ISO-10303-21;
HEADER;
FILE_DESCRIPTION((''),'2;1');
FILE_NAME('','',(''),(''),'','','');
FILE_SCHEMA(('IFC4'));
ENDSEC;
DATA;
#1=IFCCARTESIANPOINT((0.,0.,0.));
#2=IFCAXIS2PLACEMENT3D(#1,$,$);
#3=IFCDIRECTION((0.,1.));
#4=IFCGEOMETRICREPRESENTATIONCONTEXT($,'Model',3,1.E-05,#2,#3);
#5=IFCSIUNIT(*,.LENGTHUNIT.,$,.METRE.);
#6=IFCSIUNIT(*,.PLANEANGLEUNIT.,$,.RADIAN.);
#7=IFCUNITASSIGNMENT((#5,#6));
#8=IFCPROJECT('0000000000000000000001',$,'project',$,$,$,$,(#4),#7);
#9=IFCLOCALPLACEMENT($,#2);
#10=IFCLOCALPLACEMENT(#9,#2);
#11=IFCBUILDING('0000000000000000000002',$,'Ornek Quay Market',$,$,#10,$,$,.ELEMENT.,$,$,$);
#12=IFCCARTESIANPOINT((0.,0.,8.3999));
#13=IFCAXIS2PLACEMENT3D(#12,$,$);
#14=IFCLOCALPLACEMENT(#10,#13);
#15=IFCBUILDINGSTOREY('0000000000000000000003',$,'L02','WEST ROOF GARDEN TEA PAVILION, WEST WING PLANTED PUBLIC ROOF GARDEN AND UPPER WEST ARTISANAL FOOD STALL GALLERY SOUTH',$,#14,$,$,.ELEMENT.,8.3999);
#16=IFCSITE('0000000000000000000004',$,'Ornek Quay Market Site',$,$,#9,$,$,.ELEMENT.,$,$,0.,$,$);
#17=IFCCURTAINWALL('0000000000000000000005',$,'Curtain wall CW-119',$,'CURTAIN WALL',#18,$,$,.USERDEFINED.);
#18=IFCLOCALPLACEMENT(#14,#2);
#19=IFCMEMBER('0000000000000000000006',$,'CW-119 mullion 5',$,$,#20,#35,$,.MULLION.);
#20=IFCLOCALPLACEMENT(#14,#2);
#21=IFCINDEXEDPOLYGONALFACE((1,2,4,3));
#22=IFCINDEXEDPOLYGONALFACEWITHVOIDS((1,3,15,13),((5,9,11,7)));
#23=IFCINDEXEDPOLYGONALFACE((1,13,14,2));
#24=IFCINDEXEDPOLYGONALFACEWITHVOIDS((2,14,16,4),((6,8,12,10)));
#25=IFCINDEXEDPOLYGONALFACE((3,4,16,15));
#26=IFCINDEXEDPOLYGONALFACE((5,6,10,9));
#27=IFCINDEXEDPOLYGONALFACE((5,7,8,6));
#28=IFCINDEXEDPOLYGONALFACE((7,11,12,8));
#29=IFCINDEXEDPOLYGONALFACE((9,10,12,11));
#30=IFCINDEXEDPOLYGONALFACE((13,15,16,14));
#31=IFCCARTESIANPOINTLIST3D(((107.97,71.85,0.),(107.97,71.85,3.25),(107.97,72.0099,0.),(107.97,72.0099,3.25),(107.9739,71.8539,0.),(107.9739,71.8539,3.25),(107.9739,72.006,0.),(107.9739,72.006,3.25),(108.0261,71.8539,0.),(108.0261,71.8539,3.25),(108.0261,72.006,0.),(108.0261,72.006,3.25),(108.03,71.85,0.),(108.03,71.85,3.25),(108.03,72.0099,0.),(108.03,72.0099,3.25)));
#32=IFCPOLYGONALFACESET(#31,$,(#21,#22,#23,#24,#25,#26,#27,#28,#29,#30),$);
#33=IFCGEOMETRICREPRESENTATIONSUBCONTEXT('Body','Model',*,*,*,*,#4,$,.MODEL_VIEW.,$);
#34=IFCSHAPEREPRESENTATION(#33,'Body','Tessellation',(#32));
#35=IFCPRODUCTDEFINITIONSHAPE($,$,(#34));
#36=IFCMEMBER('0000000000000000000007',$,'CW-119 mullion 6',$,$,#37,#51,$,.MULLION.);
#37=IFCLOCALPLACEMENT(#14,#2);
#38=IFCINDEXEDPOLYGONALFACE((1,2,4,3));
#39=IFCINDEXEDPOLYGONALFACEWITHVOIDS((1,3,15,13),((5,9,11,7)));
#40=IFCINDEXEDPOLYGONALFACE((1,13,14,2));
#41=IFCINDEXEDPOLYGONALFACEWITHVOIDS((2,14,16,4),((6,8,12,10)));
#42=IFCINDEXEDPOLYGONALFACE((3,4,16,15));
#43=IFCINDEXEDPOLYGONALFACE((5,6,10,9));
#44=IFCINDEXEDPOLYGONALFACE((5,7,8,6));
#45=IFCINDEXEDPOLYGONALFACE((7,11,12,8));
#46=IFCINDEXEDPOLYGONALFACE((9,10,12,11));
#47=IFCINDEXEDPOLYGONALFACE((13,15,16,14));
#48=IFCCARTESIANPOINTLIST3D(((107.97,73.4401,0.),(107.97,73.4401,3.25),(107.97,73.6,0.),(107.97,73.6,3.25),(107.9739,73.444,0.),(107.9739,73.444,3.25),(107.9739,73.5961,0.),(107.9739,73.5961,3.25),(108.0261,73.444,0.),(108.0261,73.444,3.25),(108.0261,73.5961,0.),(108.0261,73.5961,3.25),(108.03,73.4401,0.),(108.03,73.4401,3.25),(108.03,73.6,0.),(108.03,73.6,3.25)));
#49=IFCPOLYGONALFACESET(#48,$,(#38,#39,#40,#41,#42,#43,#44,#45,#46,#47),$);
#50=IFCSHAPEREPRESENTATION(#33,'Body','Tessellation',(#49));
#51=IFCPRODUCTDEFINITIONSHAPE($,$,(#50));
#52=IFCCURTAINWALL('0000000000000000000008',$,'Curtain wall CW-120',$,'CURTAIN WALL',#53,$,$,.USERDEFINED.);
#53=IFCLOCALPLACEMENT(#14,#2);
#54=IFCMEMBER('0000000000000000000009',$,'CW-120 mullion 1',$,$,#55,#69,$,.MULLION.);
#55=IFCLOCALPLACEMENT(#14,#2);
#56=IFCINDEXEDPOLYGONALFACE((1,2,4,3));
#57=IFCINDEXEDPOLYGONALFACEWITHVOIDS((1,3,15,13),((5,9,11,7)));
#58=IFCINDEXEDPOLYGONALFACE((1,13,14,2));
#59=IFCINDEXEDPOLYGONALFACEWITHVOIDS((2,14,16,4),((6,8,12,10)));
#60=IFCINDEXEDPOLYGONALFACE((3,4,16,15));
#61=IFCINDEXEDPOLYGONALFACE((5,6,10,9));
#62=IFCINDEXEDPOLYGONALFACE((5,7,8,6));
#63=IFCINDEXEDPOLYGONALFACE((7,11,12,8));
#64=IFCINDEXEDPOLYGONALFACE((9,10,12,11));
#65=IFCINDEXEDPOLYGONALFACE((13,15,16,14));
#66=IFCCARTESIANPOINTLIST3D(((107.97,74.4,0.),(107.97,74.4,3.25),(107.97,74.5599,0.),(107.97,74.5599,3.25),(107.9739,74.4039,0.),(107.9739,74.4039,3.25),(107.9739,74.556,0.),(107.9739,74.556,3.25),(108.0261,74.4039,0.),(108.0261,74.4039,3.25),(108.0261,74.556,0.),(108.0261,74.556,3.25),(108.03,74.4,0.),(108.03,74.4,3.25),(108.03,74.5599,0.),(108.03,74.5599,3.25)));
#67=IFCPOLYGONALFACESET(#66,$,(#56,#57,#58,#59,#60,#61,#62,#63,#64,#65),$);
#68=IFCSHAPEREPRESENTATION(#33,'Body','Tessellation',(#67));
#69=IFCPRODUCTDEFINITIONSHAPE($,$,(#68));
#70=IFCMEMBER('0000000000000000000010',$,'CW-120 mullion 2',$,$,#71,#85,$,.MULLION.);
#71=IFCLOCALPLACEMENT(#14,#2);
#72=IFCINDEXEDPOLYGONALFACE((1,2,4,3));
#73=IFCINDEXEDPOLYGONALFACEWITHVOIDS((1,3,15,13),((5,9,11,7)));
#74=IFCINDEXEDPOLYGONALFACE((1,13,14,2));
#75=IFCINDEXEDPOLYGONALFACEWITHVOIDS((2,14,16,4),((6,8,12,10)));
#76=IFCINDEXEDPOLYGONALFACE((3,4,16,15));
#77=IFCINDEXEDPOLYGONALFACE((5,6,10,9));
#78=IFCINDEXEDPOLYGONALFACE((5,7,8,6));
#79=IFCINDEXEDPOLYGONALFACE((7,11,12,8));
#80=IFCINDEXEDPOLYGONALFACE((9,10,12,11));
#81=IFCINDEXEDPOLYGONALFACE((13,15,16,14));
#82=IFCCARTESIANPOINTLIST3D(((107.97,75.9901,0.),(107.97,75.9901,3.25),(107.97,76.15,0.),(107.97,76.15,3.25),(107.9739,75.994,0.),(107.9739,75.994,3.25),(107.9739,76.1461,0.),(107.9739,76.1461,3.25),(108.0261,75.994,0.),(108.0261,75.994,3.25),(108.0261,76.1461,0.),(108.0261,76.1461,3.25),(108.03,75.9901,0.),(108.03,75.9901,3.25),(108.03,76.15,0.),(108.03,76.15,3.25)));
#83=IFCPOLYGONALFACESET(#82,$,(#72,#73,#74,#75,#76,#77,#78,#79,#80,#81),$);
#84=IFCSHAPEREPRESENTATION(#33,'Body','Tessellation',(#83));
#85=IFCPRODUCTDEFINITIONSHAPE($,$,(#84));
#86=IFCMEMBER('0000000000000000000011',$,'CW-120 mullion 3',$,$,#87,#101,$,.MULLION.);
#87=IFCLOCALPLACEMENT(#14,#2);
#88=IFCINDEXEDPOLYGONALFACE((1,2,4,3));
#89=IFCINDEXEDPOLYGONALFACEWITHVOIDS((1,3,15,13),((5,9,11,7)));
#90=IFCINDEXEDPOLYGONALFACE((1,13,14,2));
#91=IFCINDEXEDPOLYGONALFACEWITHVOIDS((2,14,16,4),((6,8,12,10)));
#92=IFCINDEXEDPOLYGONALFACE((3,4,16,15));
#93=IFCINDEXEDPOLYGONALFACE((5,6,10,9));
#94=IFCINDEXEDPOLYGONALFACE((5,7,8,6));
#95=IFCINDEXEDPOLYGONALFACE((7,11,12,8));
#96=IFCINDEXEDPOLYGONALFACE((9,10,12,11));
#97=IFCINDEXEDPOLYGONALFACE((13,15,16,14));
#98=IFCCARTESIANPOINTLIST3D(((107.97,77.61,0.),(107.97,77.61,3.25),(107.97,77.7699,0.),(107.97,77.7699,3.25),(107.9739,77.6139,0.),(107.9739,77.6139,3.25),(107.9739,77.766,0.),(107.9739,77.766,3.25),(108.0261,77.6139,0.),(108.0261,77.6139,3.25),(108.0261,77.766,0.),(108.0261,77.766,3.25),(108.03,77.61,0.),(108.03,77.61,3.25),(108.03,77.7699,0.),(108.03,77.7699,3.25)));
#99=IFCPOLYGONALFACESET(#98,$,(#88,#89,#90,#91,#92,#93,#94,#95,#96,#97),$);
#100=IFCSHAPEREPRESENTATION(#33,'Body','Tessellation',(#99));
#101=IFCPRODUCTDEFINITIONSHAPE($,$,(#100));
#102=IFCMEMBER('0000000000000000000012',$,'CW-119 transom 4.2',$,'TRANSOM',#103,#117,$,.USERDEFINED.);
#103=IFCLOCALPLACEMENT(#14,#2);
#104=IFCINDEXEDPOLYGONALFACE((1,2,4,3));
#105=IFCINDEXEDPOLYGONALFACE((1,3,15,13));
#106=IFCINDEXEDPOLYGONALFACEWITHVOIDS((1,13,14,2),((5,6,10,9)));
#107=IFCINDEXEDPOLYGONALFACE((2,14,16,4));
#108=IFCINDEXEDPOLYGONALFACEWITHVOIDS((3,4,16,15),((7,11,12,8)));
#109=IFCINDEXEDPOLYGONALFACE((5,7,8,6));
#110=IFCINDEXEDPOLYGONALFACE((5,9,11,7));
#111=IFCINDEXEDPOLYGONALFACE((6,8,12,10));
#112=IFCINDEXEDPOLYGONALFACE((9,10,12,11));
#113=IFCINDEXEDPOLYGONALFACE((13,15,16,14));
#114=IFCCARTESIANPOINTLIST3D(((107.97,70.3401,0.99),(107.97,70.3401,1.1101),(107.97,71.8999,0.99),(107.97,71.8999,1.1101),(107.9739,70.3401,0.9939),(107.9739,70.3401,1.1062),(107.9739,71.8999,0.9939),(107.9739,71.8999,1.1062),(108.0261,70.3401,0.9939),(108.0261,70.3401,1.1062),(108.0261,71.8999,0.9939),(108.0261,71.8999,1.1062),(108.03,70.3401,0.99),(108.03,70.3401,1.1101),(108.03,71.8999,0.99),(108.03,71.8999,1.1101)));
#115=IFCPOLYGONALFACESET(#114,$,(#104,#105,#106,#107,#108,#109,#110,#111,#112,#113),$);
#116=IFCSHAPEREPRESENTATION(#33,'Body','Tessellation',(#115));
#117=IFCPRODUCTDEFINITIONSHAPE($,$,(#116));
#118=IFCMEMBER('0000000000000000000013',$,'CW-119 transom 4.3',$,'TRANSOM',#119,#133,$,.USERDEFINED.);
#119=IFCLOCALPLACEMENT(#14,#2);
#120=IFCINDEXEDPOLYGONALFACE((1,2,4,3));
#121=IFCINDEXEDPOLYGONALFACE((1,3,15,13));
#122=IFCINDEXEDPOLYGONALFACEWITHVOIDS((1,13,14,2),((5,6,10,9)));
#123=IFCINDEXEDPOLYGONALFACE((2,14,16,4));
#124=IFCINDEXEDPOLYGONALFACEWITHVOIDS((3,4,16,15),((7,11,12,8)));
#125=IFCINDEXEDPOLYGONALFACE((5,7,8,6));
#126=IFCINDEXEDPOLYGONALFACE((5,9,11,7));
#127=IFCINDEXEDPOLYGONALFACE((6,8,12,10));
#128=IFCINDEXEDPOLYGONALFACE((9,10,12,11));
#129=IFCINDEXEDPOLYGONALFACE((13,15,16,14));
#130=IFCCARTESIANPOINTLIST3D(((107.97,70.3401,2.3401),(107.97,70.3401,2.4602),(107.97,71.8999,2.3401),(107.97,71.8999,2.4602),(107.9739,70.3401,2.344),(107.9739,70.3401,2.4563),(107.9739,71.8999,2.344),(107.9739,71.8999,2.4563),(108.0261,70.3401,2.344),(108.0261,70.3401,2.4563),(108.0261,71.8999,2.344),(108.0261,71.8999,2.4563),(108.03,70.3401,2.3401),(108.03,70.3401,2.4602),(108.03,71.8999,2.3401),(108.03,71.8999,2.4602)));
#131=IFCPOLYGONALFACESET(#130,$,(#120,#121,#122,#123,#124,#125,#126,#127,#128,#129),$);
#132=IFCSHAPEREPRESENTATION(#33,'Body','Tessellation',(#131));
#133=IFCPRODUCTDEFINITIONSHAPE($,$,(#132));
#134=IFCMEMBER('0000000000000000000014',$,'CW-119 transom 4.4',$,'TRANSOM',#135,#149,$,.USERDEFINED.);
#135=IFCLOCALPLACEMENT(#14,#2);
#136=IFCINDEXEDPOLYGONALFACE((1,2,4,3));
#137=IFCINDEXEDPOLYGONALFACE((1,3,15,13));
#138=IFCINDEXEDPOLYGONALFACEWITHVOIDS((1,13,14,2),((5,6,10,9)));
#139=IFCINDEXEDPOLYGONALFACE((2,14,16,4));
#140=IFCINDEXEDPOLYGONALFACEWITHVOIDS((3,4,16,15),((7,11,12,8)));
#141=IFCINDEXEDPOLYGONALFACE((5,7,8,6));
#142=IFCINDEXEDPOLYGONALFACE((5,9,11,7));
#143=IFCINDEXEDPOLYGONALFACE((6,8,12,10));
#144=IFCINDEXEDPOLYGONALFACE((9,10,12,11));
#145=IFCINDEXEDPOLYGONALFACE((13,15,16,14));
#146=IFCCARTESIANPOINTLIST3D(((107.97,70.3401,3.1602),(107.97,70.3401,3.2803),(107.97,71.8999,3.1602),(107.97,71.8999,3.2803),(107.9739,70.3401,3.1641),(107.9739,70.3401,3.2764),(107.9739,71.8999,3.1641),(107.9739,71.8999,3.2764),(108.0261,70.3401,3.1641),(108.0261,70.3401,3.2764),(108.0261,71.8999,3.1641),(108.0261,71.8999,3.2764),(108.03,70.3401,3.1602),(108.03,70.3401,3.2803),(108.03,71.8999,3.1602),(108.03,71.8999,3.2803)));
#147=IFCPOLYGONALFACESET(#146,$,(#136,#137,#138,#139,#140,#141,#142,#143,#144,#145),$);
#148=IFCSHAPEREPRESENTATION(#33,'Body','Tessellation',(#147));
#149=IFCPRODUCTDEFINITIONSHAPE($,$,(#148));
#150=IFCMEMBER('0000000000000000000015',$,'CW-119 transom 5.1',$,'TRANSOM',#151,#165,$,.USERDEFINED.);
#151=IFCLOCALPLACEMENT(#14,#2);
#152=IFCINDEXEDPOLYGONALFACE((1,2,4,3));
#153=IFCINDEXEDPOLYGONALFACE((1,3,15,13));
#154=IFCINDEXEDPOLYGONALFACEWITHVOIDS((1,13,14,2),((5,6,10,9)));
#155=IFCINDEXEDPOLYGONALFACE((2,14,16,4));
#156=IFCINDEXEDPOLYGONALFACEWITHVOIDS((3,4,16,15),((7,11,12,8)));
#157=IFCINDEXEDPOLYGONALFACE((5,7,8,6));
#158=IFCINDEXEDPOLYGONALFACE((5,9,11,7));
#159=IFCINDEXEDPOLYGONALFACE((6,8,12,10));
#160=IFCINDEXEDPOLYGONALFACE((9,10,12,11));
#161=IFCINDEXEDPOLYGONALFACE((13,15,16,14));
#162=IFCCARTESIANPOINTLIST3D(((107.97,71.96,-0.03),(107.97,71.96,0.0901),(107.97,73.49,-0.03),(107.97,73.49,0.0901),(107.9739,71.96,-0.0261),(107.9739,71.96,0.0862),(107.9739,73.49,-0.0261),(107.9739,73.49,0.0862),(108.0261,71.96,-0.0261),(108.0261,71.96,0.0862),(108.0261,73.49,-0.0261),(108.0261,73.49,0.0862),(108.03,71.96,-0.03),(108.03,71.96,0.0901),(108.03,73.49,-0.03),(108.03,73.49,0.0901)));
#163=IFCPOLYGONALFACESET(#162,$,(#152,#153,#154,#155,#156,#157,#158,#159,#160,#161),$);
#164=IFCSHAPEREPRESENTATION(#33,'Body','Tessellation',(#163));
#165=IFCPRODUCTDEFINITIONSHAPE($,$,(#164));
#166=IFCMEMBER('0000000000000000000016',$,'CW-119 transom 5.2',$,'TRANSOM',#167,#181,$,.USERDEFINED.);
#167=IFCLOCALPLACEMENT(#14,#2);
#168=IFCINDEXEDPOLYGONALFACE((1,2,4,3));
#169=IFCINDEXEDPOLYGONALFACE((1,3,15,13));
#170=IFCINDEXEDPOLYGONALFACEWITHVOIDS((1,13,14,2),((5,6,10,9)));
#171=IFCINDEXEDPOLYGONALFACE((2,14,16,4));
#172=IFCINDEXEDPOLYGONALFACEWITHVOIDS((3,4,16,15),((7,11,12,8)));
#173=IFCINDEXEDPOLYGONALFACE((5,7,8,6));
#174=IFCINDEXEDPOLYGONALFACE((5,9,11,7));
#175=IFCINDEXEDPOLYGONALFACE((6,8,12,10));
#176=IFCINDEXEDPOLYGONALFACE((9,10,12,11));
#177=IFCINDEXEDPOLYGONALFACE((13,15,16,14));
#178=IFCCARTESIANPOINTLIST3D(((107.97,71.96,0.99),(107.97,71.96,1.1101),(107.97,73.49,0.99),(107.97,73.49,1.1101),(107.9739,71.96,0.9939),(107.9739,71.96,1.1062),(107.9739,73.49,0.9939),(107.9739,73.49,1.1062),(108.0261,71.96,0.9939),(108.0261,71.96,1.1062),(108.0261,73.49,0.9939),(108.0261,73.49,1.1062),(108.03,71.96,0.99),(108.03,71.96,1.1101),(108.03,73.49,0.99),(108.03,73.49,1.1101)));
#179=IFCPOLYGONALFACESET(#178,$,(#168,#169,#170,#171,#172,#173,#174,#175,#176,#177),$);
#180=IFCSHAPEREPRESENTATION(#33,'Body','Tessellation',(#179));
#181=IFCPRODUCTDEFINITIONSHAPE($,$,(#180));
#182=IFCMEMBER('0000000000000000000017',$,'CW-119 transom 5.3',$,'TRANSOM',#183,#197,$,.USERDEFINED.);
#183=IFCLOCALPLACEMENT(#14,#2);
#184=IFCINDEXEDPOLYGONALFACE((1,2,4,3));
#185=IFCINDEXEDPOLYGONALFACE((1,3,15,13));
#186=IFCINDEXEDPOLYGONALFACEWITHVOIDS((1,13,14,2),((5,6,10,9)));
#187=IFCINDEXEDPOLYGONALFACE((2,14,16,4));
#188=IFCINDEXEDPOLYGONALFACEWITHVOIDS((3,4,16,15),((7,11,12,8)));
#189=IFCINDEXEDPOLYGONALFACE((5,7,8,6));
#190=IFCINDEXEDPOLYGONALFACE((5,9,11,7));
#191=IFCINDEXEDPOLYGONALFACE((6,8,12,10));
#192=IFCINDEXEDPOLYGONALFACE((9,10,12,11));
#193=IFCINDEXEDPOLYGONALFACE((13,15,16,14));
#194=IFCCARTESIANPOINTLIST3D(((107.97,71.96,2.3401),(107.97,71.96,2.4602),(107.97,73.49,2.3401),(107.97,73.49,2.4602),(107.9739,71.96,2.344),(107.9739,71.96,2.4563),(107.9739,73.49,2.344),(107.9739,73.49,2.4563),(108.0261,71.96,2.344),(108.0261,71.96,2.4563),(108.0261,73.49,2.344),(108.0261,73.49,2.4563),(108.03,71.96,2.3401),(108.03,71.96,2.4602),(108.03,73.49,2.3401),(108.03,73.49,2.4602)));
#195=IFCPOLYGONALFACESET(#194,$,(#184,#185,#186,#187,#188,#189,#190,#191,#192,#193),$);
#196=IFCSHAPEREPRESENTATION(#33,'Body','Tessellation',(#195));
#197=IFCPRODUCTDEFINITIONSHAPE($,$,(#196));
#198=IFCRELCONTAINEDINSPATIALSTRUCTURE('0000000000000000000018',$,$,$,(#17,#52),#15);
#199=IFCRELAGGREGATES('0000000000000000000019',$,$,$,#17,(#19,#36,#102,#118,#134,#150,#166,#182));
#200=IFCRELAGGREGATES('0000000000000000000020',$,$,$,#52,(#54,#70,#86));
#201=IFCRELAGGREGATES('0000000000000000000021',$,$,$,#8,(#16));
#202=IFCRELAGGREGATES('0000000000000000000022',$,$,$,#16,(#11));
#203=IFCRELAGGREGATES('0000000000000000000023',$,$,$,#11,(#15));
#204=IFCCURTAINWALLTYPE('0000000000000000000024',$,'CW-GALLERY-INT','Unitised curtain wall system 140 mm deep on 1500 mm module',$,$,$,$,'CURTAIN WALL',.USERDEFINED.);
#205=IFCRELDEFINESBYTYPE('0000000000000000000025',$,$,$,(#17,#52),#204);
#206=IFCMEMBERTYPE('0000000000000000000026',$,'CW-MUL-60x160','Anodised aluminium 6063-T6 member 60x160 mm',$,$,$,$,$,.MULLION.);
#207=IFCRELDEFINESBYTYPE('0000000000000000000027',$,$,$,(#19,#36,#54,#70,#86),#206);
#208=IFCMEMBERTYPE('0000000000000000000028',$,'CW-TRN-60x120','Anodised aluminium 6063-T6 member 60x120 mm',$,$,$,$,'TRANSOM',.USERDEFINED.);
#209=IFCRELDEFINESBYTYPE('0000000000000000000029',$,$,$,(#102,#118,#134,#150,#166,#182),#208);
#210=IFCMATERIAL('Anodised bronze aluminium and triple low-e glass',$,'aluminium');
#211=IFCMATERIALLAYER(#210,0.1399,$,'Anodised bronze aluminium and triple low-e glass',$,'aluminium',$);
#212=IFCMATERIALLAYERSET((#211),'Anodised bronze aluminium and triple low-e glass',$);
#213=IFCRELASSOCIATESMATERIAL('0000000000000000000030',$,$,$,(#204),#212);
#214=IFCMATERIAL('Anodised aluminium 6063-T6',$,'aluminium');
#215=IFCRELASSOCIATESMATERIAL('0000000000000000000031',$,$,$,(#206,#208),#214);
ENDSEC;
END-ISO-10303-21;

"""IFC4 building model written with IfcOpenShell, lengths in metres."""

from ifc_helpers import new_model, si_unit, direction, frame, origin, origin_2d, place, context, subcontext, project, spatial, hollow_rectangle, extrude, material, layer, layer_set, material_profile, profile_set, type_object, element, aggregate, save


model = new_model("IFC4")

# Units and contexts
model_context = context("Model", 3, precision=1e-05, world=origin(), true_north=direction((0.0, 1.0)))
body_context = subcontext(model_context, "Body", "Model", "MODEL_VIEW")
ifc_project = project(units=[si_unit("LENGTHUNIT", "METRE"), si_unit("PLANEANGLEUNIT", "RADIAN")], contexts=[model_context])

# Site, building, storey
site_placement = place(None, origin())
site = spatial("IfcSite", under=ifc_project, at=site_placement, Name="Ornek Quay Market Site", CompositionType="ELEMENT", RefElevation=0.0)
building_placement = place(site_placement, origin())
building = spatial("IfcBuilding", under=site, at=building_placement, Name="Ornek Quay Market", CompositionType="ELEMENT")
storey_placement = place(building_placement, frame((0.0, 0.0, 8.3999)))
storey = spatial("IfcBuildingStorey", under=building, at=storey_placement, Name="L02", Description="WEST ROOF GARDEN TEA PAVILION, WEST WING PLANTED PUBLIC ROOF GARDEN AND UPPER WEST ARTISANAL FOOD STALL GALLERY SOUTH", CompositionType="ELEMENT", Elevation=8.3999)

# Curtain walls, members
ifc_material_1 = material(Name="Anodised bronze aluminium and triple low-e glass", Category="aluminium")
ifc_layer_1 = layer(ifc_material_1, 0.1399, Name="Anodised bronze aluminium and triple low-e glass", Category="aluminium")
ifc_layer_set_1 = layer_set([ifc_layer_1], Name="Anodised bronze aluminium and triple low-e glass")
curtain_wall_type = type_object("IfcCurtainWallType", Name="CW-GALLERY-INT", Description="Unitised curtain wall system 140 mm deep on 1500 mm module", ElementType="CURTAIN WALL", PredefinedType="USERDEFINED", material=ifc_layer_set_1)
curtain_wall_1_placement = place(storey_placement, origin())
curtain_wall_1 = element("IfcCurtainWall", 1, at=curtain_wall_1_placement, inside=storey, type_object=curtain_wall_type, Name="Curtain wall CW-119", ObjectType="CURTAIN WALL", PredefinedType="USERDEFINED")
ifc_material_2 = material(Name="Anodised aluminium 6063-T6", Category="aluminium")
ifc_material_profile_1 = material_profile(ifc_material_2, hollow_rectangle(XDim=0.0601, YDim=0.1599, WallThickness=0.0039, at=origin_2d()), Name="CW-MUL-60x160", Category="aluminium")
ifc_profile_set_1 = profile_set([ifc_material_profile_1], Name="Anodised aluminium 6063-T6")
member_type_1 = type_object("IfcMemberType", Name="CW-MUL-60x160", Description="Anodised aluminium 6063-T6 member 60x160 mm", PredefinedType="MULLION", material=ifc_profile_set_1)
member_1_placement = place(storey_placement, frame((108.0, 71.9299, 0.0), z_axis=(0.0, 0.0, 1.0), x_axis=(-1.0, 0.0, 0.0)))
member_1 = element("IfcMember", 2, at=member_1_placement, type_object=member_type_1, Name="CW-119 mullion 5", PredefinedType="MULLION", context=body_context, shape_type="SweptSolid", body=[
    extrude(hollow_rectangle(XDim=0.0601, YDim=0.1599, WallThickness=0.0039, at=origin_2d()), origin(), (0.0, 0.0, 1.0), 3.25),
])
member_2_placement = place(storey_placement, frame((108.0, 73.52, 0.0), z_axis=(0.0, 0.0, 1.0), x_axis=(-1.0, 0.0, 0.0)))
member_2 = element("IfcMember", 3, at=member_2_placement, type_object=member_type_1, Name="CW-119 mullion 6", PredefinedType="MULLION", context=body_context, shape_type="SweptSolid", body=[
    extrude(hollow_rectangle(XDim=0.0601, YDim=0.1599, WallThickness=0.0039, at=origin_2d()), origin(), (0.0, 0.0, 1.0), 3.25),
])
curtain_wall_2_placement = place(storey_placement, origin())
curtain_wall_2 = element("IfcCurtainWall", 4, at=curtain_wall_2_placement, inside=storey, type_object=curtain_wall_type, Name="Curtain wall CW-120", ObjectType="CURTAIN WALL", PredefinedType="USERDEFINED")
member_3_placement = place(storey_placement, frame((108.0, 74.48, 0.0), z_axis=(0.0, 0.0, 1.0), x_axis=(-1.0, 0.0, 0.0)))
member_3 = element("IfcMember", 5, at=member_3_placement, type_object=member_type_1, Name="CW-120 mullion 1", PredefinedType="MULLION", context=body_context, shape_type="SweptSolid", body=[
    extrude(hollow_rectangle(XDim=0.0601, YDim=0.1599, WallThickness=0.0039, at=origin_2d()), origin(), (0.0, 0.0, 1.0), 3.25),
])
member_4_placement = place(storey_placement, frame((108.0, 76.0701, 0.0), z_axis=(0.0, 0.0, 1.0), x_axis=(-1.0, 0.0, 0.0)))
member_4 = element("IfcMember", 6, at=member_4_placement, type_object=member_type_1, Name="CW-120 mullion 2", PredefinedType="MULLION", context=body_context, shape_type="SweptSolid", body=[
    extrude(hollow_rectangle(XDim=0.0601, YDim=0.1599, WallThickness=0.0039, at=origin_2d()), origin(), (0.0, 0.0, 1.0), 3.25),
])
member_5_placement = place(storey_placement, frame((108.0, 77.6899, 0.0), z_axis=(0.0, 0.0, 1.0), x_axis=(-1.0, 0.0, 0.0)))
member_5 = element("IfcMember", 7, at=member_5_placement, type_object=member_type_1, Name="CW-120 mullion 3", PredefinedType="MULLION", context=body_context, shape_type="SweptSolid", body=[
    extrude(hollow_rectangle(XDim=0.0601, YDim=0.1599, WallThickness=0.0039, at=origin_2d()), origin(), (0.0, 0.0, 1.0), 3.25),
])

# Members
ifc_material_profile_2 = material_profile(ifc_material_2, hollow_rectangle(XDim=0.0601, YDim=0.1201, WallThickness=0.0039, at=origin_2d()), Name="CW-TRN-60x120", Category="aluminium")
ifc_profile_set_2 = profile_set([ifc_material_profile_2], Name="Anodised aluminium 6063-T6")
member_type_2 = type_object("IfcMemberType", Name="CW-TRN-60x120", Description="Anodised aluminium 6063-T6 member 60x120 mm", ElementType="TRANSOM", PredefinedType="USERDEFINED", material=ifc_profile_set_2)
member_6_placement = place(storey_placement, frame((108.0, 70.3401, 1.05), z_axis=(0.0, 1.0, 0.0), x_axis=(-1.0, 0.0, 0.0)))
member_6 = element("IfcMember", 8, at=member_6_placement, type_object=member_type_2, Name="CW-119 transom 4.2", ObjectType="TRANSOM", PredefinedType="USERDEFINED", context=body_context, shape_type="SweptSolid", body=[
    extrude(hollow_rectangle(XDim=0.0601, YDim=0.1201, WallThickness=0.0039, at=origin_2d()), origin(), (0.0, 0.0, 1.0), 1.5598),
])
member_7_placement = place(storey_placement, frame((108.0, 70.3401, 2.4001), z_axis=(0.0, 1.0, 0.0), x_axis=(-1.0, 0.0, 0.0)))
member_7 = element("IfcMember", 9, at=member_7_placement, type_object=member_type_2, Name="CW-119 transom 4.3", ObjectType="TRANSOM", PredefinedType="USERDEFINED", context=body_context, shape_type="SweptSolid", body=[
    extrude(hollow_rectangle(XDim=0.0601, YDim=0.1201, WallThickness=0.0039, at=origin_2d()), origin(), (0.0, 0.0, 1.0), 1.5598),
])
member_8_placement = place(storey_placement, frame((108.0, 70.3401, 3.2202), z_axis=(0.0, 1.0, 0.0), x_axis=(-1.0, 0.0, 0.0)))
member_8 = element("IfcMember", 10, at=member_8_placement, type_object=member_type_2, Name="CW-119 transom 4.4", ObjectType="TRANSOM", PredefinedType="USERDEFINED", context=body_context, shape_type="SweptSolid", body=[
    extrude(hollow_rectangle(XDim=0.0601, YDim=0.1201, WallThickness=0.0039, at=origin_2d()), origin(), (0.0, 0.0, 1.0), 1.5598),
])
member_9_placement = place(storey_placement, frame((108.0, 71.96, 0.03), z_axis=(0.0, 1.0, 0.0), x_axis=(-1.0, 0.0, 0.0)))
member_9 = element("IfcMember", 11, at=member_9_placement, type_object=member_type_2, Name="CW-119 transom 5.1", ObjectType="TRANSOM", PredefinedType="USERDEFINED", context=body_context, shape_type="SweptSolid", body=[
    extrude(hollow_rectangle(XDim=0.0601, YDim=0.1201, WallThickness=0.0039, at=origin_2d()), origin(), (0.0, 0.0, 1.0), 1.53),
])
member_10_placement = place(storey_placement, frame((108.0, 71.96, 1.05), z_axis=(0.0, 1.0, 0.0), x_axis=(-1.0, 0.0, 0.0)))
member_10 = element("IfcMember", 12, at=member_10_placement, type_object=member_type_2, Name="CW-119 transom 5.2", ObjectType="TRANSOM", PredefinedType="USERDEFINED", context=body_context, shape_type="SweptSolid", body=[
    extrude(hollow_rectangle(XDim=0.0601, YDim=0.1201, WallThickness=0.0039, at=origin_2d()), origin(), (0.0, 0.0, 1.0), 1.53),
])
member_11_placement = place(storey_placement, frame((108.0, 71.96, 2.4001), z_axis=(0.0, 1.0, 0.0), x_axis=(-1.0, 0.0, 0.0)))
member_11 = element("IfcMember", 13, at=member_11_placement, type_object=member_type_2, Name="CW-119 transom 5.3", ObjectType="TRANSOM", PredefinedType="USERDEFINED", context=body_context, shape_type="SweptSolid", body=[
    extrude(hollow_rectangle(XDim=0.0601, YDim=0.1201, WallThickness=0.0039, at=origin_2d()), origin(), (0.0, 0.0, 1.0), 1.53),
])

aggregate(curtain_wall_1, [member_1, member_2, member_6, member_7, member_8, member_9, member_10, member_11])
aggregate(curtain_wall_2, [member_3, member_4, member_5])

save(model, "model.ifc")
